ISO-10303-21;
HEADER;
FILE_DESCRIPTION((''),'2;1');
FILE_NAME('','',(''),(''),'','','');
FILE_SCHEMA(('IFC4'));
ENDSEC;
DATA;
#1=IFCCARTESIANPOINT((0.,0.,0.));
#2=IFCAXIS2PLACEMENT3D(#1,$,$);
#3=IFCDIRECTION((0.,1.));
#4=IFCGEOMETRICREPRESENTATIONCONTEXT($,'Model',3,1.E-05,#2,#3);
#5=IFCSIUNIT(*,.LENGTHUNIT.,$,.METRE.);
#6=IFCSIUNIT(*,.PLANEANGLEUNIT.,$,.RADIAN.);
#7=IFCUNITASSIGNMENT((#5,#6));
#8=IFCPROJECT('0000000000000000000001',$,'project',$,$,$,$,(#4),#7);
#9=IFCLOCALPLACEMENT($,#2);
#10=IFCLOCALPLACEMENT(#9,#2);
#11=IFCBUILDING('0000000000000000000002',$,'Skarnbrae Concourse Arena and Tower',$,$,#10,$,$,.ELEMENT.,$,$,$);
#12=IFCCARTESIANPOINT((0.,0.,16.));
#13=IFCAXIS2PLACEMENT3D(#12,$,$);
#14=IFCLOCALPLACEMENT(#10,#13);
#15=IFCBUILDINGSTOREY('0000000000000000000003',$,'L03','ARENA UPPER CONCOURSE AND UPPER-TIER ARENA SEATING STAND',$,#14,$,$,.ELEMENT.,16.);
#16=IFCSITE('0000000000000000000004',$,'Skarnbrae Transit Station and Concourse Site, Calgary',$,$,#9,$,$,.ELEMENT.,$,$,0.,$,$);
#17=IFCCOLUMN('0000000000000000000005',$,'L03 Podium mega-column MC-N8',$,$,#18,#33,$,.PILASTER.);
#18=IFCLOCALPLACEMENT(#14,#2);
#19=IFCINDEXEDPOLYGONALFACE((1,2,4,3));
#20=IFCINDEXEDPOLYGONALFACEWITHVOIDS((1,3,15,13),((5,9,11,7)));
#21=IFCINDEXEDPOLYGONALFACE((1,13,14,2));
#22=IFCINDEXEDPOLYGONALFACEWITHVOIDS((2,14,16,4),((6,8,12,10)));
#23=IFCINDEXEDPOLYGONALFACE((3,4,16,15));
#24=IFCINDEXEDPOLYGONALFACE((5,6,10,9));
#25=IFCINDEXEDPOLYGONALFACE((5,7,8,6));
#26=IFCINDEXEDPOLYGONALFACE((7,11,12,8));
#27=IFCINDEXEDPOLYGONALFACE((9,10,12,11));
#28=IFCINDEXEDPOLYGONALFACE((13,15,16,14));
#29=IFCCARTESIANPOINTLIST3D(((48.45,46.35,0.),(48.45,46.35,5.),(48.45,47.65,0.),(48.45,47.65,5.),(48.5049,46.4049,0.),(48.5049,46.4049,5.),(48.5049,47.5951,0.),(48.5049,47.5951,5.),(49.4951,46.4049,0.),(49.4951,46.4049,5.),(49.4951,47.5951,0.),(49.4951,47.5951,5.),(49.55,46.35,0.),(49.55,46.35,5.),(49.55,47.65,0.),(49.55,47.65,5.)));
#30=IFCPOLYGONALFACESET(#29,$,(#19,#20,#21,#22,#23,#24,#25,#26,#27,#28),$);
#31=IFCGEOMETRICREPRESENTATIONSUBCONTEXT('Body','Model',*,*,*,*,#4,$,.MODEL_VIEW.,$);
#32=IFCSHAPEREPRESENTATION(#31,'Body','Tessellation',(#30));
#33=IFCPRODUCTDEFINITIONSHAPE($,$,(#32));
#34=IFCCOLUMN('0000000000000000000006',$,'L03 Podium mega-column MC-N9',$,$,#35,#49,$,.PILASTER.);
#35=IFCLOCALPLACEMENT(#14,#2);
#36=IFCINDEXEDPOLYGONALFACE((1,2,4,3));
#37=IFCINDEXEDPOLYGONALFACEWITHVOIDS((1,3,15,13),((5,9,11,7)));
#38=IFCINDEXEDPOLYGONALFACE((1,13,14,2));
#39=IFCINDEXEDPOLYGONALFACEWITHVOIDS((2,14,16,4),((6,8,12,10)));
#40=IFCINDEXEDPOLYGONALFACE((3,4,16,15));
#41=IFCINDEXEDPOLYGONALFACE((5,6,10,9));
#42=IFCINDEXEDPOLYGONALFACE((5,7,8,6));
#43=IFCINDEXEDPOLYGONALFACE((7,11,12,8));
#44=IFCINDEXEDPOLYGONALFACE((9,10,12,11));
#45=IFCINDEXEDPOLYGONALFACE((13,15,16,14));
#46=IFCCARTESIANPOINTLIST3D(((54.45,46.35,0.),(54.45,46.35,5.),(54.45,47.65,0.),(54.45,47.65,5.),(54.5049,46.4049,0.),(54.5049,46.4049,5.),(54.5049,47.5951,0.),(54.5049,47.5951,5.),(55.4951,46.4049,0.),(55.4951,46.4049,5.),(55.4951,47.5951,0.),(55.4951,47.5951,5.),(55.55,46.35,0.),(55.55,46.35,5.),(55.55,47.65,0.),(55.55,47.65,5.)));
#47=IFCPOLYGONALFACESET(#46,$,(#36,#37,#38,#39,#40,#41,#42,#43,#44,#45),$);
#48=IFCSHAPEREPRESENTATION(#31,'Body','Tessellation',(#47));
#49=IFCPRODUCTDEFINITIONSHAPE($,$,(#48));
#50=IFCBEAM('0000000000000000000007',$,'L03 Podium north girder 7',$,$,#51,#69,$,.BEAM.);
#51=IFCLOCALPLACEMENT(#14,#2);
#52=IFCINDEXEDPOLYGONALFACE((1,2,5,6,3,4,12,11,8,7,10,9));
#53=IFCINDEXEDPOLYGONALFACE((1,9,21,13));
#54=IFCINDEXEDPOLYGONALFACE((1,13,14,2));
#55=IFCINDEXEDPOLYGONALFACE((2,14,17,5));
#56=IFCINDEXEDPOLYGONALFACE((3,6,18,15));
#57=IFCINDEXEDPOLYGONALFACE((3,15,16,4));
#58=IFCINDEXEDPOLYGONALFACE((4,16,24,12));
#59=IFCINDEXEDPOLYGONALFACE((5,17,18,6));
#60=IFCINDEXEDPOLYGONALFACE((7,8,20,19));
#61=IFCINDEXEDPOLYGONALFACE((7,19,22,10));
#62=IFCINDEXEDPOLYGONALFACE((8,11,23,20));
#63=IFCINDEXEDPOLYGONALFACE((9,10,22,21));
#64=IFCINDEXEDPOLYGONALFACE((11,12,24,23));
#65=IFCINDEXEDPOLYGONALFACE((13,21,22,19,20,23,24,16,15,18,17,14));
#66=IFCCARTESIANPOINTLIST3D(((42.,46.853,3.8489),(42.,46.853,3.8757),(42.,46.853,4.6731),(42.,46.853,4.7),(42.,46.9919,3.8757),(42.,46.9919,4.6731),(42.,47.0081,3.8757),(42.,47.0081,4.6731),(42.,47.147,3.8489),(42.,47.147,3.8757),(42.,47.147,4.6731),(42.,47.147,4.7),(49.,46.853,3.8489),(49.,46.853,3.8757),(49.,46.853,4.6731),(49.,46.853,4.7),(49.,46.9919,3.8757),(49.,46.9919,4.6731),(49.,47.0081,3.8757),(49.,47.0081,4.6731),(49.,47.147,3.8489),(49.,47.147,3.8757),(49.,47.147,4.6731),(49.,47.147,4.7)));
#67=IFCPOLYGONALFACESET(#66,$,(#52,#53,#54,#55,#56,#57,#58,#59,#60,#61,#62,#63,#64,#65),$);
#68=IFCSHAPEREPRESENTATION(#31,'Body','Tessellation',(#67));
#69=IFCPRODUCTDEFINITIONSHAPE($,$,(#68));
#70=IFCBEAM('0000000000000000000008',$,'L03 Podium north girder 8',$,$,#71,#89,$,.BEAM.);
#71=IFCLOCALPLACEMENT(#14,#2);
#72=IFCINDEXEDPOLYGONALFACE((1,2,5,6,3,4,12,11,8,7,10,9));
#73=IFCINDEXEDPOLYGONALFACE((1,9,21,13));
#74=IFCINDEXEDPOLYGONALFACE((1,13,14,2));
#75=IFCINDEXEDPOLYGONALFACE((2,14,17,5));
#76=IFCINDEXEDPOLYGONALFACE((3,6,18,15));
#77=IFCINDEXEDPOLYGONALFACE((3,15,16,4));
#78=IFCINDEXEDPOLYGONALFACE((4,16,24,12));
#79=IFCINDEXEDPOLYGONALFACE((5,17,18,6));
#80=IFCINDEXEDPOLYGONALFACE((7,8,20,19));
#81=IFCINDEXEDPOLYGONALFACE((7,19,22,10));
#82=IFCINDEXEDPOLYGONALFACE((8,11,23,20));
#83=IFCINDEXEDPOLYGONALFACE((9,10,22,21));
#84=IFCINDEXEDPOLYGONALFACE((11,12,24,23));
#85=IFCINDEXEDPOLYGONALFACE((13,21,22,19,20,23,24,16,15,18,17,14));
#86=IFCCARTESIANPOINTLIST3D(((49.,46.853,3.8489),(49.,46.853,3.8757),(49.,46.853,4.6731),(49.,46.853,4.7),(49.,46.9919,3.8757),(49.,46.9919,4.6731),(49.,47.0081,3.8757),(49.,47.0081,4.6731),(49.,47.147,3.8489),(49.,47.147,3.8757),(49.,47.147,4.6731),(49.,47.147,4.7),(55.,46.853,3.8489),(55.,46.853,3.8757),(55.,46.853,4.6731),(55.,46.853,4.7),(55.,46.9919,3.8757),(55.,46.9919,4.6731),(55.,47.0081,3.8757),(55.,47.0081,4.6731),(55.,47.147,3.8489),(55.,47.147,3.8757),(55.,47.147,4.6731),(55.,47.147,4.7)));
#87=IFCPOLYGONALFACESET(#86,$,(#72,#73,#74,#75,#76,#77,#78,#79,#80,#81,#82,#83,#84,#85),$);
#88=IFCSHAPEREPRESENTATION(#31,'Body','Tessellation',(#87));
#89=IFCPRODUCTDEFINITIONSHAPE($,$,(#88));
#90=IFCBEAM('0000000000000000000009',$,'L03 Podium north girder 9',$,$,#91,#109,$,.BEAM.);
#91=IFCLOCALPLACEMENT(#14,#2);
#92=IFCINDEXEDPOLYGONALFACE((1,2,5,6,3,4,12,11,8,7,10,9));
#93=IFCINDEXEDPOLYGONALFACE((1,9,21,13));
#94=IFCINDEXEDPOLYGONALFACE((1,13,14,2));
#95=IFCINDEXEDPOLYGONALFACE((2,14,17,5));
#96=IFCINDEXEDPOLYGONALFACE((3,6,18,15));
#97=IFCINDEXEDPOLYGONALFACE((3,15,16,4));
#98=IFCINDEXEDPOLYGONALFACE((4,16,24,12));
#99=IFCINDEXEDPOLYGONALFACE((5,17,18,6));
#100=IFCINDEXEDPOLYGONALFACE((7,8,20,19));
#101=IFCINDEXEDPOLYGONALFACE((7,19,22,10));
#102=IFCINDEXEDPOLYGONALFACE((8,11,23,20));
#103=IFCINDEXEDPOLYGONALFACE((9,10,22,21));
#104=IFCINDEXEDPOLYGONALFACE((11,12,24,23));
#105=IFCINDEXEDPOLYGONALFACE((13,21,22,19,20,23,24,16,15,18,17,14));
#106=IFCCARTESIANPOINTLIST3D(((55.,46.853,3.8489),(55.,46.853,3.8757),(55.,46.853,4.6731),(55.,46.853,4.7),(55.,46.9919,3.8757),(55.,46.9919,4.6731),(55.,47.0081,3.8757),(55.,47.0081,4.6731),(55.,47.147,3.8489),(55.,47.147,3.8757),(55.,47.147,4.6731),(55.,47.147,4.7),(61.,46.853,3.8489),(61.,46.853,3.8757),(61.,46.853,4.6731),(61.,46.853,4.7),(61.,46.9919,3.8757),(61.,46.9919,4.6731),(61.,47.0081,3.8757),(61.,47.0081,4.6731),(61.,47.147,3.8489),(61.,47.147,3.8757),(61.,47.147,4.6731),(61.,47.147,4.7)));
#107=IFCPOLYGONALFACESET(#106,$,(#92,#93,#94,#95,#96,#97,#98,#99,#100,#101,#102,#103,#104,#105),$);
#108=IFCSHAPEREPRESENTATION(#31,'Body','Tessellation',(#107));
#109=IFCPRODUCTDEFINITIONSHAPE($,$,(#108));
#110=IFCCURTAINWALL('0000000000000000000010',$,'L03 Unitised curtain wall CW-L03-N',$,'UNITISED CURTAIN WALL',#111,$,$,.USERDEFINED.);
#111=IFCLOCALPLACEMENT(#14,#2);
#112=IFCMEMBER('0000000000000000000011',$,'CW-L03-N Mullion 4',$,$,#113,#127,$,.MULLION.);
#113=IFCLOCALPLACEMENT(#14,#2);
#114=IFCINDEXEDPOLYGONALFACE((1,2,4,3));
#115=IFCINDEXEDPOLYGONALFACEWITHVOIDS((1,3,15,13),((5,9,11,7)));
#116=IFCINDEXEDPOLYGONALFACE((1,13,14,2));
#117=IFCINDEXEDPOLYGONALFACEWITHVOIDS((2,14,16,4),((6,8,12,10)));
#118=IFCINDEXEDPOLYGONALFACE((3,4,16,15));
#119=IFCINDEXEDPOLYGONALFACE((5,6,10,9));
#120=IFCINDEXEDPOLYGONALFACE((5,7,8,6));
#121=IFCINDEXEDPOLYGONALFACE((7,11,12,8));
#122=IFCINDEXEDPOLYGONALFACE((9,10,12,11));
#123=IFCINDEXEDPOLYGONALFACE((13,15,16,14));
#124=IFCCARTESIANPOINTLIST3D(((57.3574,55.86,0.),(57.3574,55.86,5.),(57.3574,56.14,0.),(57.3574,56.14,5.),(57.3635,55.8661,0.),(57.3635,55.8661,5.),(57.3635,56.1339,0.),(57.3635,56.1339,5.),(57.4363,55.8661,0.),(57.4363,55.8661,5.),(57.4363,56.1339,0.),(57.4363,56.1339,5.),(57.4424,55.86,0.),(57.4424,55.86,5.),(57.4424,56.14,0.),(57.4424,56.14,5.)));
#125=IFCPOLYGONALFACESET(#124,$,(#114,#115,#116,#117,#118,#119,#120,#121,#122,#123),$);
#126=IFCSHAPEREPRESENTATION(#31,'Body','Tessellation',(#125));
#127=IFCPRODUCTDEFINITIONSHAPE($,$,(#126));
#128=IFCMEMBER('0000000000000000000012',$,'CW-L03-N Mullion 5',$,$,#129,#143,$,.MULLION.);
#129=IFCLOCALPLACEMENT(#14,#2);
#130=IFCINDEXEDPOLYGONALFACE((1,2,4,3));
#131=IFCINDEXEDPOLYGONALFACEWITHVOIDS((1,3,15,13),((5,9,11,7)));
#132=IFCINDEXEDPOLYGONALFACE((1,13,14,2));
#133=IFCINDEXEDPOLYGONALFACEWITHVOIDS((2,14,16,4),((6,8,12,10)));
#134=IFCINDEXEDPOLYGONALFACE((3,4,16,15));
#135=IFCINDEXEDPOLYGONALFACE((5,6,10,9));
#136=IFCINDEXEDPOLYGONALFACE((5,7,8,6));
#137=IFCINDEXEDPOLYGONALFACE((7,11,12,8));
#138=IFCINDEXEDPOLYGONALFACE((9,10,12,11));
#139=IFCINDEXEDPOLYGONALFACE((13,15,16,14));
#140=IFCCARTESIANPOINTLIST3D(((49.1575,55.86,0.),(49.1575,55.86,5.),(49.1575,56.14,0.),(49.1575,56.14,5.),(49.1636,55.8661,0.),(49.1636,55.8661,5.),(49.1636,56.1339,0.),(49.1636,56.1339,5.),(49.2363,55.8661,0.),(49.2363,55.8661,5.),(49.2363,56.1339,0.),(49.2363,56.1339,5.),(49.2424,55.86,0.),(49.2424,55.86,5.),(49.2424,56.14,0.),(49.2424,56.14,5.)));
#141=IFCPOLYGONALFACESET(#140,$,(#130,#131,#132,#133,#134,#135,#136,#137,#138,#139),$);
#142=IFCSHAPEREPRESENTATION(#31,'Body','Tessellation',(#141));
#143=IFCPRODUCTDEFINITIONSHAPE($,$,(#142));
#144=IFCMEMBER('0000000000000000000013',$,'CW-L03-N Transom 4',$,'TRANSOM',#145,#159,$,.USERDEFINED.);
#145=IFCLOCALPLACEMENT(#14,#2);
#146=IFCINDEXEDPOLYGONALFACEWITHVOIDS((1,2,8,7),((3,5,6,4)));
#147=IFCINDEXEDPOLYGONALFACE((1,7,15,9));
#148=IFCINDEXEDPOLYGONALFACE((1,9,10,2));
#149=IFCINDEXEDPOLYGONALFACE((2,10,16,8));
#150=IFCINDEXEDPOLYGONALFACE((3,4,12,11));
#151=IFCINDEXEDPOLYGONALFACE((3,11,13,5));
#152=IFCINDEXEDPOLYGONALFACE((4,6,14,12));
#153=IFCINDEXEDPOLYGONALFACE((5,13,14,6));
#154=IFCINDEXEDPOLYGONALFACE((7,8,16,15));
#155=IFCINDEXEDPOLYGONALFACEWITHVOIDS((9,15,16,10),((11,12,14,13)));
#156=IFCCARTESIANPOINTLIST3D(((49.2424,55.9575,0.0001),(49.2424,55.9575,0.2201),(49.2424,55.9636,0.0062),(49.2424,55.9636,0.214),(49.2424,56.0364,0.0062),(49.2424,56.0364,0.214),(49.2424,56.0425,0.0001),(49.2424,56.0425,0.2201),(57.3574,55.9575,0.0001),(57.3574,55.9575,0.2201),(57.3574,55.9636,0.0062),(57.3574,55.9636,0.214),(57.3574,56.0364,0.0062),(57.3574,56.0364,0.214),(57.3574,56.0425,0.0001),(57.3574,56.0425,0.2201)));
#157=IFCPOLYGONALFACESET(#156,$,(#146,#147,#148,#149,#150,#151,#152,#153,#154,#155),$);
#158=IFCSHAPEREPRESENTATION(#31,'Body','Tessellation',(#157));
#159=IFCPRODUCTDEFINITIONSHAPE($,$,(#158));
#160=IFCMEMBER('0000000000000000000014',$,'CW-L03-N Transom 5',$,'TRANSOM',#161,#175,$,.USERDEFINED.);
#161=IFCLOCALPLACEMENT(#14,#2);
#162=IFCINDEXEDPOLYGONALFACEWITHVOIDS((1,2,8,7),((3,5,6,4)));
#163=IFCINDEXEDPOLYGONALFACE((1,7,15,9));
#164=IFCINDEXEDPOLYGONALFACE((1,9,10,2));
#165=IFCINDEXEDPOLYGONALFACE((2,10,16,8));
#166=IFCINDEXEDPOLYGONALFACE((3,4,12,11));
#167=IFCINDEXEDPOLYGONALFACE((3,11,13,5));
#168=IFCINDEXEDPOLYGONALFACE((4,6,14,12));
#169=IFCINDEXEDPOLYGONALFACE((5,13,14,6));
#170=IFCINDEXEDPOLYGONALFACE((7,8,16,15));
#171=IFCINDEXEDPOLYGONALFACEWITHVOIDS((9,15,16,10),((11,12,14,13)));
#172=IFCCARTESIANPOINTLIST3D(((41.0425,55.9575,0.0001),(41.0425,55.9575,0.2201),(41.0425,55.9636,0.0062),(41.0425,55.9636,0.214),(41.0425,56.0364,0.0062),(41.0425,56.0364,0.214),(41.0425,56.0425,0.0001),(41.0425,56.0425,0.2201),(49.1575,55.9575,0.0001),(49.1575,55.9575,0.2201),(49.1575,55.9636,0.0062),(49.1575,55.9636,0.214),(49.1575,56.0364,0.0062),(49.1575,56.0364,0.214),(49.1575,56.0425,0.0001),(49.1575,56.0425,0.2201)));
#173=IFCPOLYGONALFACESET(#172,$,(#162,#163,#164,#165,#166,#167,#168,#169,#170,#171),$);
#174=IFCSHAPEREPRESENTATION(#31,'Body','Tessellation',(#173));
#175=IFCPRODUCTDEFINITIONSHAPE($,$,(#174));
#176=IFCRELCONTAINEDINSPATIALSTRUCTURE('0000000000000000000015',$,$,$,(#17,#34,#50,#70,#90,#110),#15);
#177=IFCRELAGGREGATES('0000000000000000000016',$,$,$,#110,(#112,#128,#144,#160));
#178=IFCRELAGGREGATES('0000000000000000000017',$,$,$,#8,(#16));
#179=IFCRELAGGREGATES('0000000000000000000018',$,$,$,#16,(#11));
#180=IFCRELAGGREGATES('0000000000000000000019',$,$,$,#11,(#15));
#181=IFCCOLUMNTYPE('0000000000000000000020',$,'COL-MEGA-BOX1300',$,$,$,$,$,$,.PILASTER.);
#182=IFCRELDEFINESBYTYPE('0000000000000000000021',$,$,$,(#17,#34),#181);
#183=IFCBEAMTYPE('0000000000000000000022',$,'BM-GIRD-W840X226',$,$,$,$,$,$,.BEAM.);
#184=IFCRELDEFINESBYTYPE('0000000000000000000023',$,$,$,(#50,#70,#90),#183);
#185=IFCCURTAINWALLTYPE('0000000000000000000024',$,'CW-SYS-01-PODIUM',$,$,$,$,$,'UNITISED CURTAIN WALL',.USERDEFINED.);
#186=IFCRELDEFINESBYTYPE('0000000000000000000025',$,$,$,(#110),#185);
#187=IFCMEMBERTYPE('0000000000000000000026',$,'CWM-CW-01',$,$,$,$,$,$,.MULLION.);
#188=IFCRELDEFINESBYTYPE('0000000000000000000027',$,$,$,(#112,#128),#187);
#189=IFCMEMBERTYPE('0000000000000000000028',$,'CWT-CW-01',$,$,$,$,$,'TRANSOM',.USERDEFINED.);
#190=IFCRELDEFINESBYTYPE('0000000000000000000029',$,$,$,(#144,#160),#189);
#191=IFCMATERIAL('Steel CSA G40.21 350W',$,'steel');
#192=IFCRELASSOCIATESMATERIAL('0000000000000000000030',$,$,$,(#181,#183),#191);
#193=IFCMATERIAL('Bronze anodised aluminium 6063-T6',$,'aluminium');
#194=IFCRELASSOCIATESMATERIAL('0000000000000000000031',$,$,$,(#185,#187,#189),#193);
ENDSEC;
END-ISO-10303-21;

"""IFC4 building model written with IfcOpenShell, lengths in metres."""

from ifc_helpers import new_model, si_unit, direction, frame, origin, origin_2d, place, context, subcontext, project, spatial, hollow_rectangle, i_section, extrude, source, transform, mapped, material, material_profile, profile_set, type_object, element, aggregate, save


model = new_model("IFC4")

# Units and contexts
model_context = context("Model", 3, precision=1e-05, world=origin(), true_north=direction((0.0, 1.0)))
body_context = subcontext(model_context, "Body", "Model", "MODEL_VIEW")
ifc_project = project(units=[si_unit("LENGTHUNIT", "METRE"), si_unit("PLANEANGLEUNIT", "RADIAN")], contexts=[model_context])

# Site, building, storey
site_placement = place(None, origin())
site = spatial("IfcSite", under=ifc_project, at=site_placement, Name="Skarnbrae Transit Station and Concourse Site, Calgary", CompositionType="ELEMENT", RefElevation=0.0)
building_placement = place(site_placement, origin())
building = spatial("IfcBuilding", under=site, at=building_placement, Name="Skarnbrae Concourse Arena and Tower", CompositionType="ELEMENT")
storey_placement = place(building_placement, frame((0.0, 0.0, 16.0)))
storey = spatial("IfcBuildingStorey", under=building, at=storey_placement, Name="L03", Description="ARENA UPPER CONCOURSE AND UPPER-TIER ARENA SEATING STAND", CompositionType="ELEMENT", Elevation=16.0)

# Columns
ifc_material_1 = material(Name="Steel CSA G40.21 350W", Category="steel")
ifc_material_profile_1 = material_profile(ifc_material_1, hollow_rectangle(XDim=1.1001, YDim=1.3, WallThickness=0.0549, at=origin_2d()), Name="BOX1300X1100X55")
ifc_profile_set_1 = profile_set([ifc_material_profile_1], Name="Steel CSA G40.21 350W")
column_type = type_object("IfcColumnType", Name="COL-MEGA-BOX1300", PredefinedType="PILASTER", material=ifc_profile_set_1)
shared_shape_1 = source(origin(), body_context, "Body", "SweptSolid", [
    extrude(hollow_rectangle(XDim=1.1001, YDim=1.3, WallThickness=0.0549, at=origin_2d()), origin(), (0.0, 0.0, 1.0), 5.0),
])
for number, where, z_axis, x_axis, name in (
    (1, (49.0, 47.0, 0.0), (0.0, 0.0, 1.0), (1.0, 0.0, 0.0), "L03 Podium mega-column MC-N8"),
    (2, (55.0, 47.0, 0.0), (0.0, 0.0, 1.0), (1.0, 0.0, 0.0), "L03 Podium mega-column MC-N9"),
):
    element("IfcColumn", number, at=place(storey_placement, frame(where, z_axis=z_axis, x_axis=x_axis)), inside=storey, type_object=column_type, Name=name, PredefinedType="PILASTER", context=body_context, shape_type="MappedRepresentation", body=[
        mapped(shared_shape_1, transform((0.0, 0.0, 0.0))),
    ])

# Beams
ifc_material_profile_2 = material_profile(ifc_material_1, i_section(OverallWidth=0.2939, OverallDepth=0.8511, WebThickness=0.0161, FlangeThickness=0.0269, at=origin_2d()), Name="W840X226")
ifc_profile_set_2 = profile_set([ifc_material_profile_2], Name="Steel CSA G40.21 350W")
beam_type_1 = type_object("IfcBeamType", Name="BM-GIRD-W840X226", PredefinedType="BEAM", material=ifc_profile_set_2)
shared_shape_2 = source(origin(), body_context, "Body", "SweptSolid", [
    extrude(i_section(OverallWidth=0.2939, OverallDepth=0.8511, WebThickness=0.0161, FlangeThickness=0.0269, at=origin_2d()), origin(), (0.0, 0.0, 1.0), 7.0),
])
beam_1_placement = place(storey_placement, frame((42.0, 47.0, 4.2744), z_axis=(1.0, 0.0, 0.0), x_axis=(0.0, 1.0, 0.0)))
element("IfcBeam", 3, at=beam_1_placement, inside=storey, type_object=beam_type_1, Name="L03 Podium north girder 7", PredefinedType="BEAM", context=body_context, shape_type="MappedRepresentation", body=[
    mapped(shared_shape_2, transform((0.0, 0.0, 0.0))),
])
shared_shape_3 = source(origin(), body_context, "Body", "SweptSolid", [
    extrude(i_section(OverallWidth=0.2939, OverallDepth=0.8511, WebThickness=0.0161, FlangeThickness=0.0269, at=origin_2d()), origin(), (0.0, 0.0, 1.0), 6.0),
])
for number, where, z_axis, x_axis, name in (
    (4, (49.0, 47.0, 4.2744), (1.0, 0.0, 0.0), (0.0, 1.0, 0.0), "L03 Podium north girder 8"),
    (5, (55.0, 47.0, 4.2744), (1.0, 0.0, 0.0), (0.0, 1.0, 0.0), "L03 Podium north girder 9"),
):
    element("IfcBeam", number, at=place(storey_placement, frame(where, z_axis=z_axis, x_axis=x_axis)), inside=storey, type_object=beam_type_1, Name=name, PredefinedType="BEAM", context=body_context, shape_type="MappedRepresentation", body=[
        mapped(shared_shape_3, transform((0.0, 0.0, 0.0))),
    ])

# Curtain wall, members
ifc_material_2 = material(Name="Bronze anodised aluminium 6063-T6", Category="aluminium")
curtain_wall_type = type_object("IfcCurtainWallType", Name="CW-SYS-01-PODIUM", ElementType="UNITISED CURTAIN WALL", PredefinedType="USERDEFINED", material=ifc_material_2)
curtain_wall_placement = place(storey_placement, origin())
curtain_wall = element("IfcCurtainWall", 6, at=curtain_wall_placement, inside=storey, type_object=curtain_wall_type, Name="L03 Unitised curtain wall CW-L03-N", ObjectType="UNITISED CURTAIN WALL", PredefinedType="USERDEFINED")
ifc_material_profile_3 = material_profile(ifc_material_2, hollow_rectangle(XDim=0.085, YDim=0.28, WallThickness=0.0061, at=origin_2d()), Name="ALU-MULL-85X280")
ifc_profile_set_3 = profile_set([ifc_material_profile_3], Name="Bronze anodised aluminium 6063-T6")
member_type_1 = type_object("IfcMemberType", Name="CWM-CW-01", PredefinedType="MULLION", material=ifc_profile_set_3)
shared_shape_4 = source(origin(), body_context, "Body", "SweptSolid", [
    extrude(hollow_rectangle(XDim=0.085, YDim=0.28, WallThickness=0.0061, at=origin_2d()), origin(), (0.0, 0.0, 1.0), 5.0),
])
member_1_placement = place(storey_placement, frame((57.3999, 56.0, 0.0), z_axis=(0.0, 0.0, 1.0), x_axis=(-1.0, 0.0, 0.0)))
member_1 = element("IfcMember", 7, at=member_1_placement, type_object=member_type_1, Name="CW-L03-N Mullion 4", PredefinedType="MULLION", context=body_context, shape_type="MappedRepresentation", body=[
    mapped(shared_shape_4, transform((0.0, 0.0, 0.0))),
])
member_2_placement = place(storey_placement, frame((49.2, 56.0, 0.0), z_axis=(0.0, 0.0, 1.0), x_axis=(-1.0, 0.0, 0.0)))
member_2 = element("IfcMember", 8, at=member_2_placement, type_object=member_type_1, Name="CW-L03-N Mullion 5", PredefinedType="MULLION", context=body_context, shape_type="MappedRepresentation", body=[
    mapped(shared_shape_4, transform((0.0, 0.0, 0.0))),
])
ifc_material_profile_4 = material_profile(ifc_material_2, hollow_rectangle(XDim=0.085, YDim=0.22, WallThickness=0.0061, at=origin_2d()), Name="ALU-TRAN-85X220")
ifc_profile_set_4 = profile_set([ifc_material_profile_4], Name="Bronze anodised aluminium 6063-T6")
member_type_2 = type_object("IfcMemberType", Name="CWT-CW-01", ElementType="TRANSOM", PredefinedType="USERDEFINED", material=ifc_profile_set_4)
shared_shape_5 = source(origin(), body_context, "Body", "SweptSolid", [
    extrude(hollow_rectangle(XDim=0.085, YDim=0.22, WallThickness=0.0061, at=origin_2d()), origin(), (0.0, 0.0, 1.0), 8.115),
])
member_3_placement = place(storey_placement, frame((57.3574, 56.0, 0.1101), z_axis=(-1.0, 0.0, 0.0), x_axis=(0.0, -1.0, 0.0)))
member_3 = element("IfcMember", 9, at=member_3_placement, type_object=member_type_2, Name="CW-L03-N Transom 4", ObjectType="TRANSOM", PredefinedType="USERDEFINED", context=body_context, shape_type="MappedRepresentation", body=[
    mapped(shared_shape_5, transform((0.0, 0.0, 0.0))),
])
member_4_placement = place(storey_placement, frame((49.1575, 56.0, 0.1101), z_axis=(-1.0, 0.0, 0.0), x_axis=(0.0, -1.0, 0.0)))
member_4 = element("IfcMember", 10, at=member_4_placement, type_object=member_type_2, Name="CW-L03-N Transom 5", ObjectType="TRANSOM", PredefinedType="USERDEFINED", context=body_context, shape_type="MappedRepresentation", body=[
    mapped(shared_shape_5, transform((0.0, 0.0, 0.0))),
])

aggregate(curtain_wall, [member_1, member_2, member_3, member_4])

save(model, "model.ifc")
